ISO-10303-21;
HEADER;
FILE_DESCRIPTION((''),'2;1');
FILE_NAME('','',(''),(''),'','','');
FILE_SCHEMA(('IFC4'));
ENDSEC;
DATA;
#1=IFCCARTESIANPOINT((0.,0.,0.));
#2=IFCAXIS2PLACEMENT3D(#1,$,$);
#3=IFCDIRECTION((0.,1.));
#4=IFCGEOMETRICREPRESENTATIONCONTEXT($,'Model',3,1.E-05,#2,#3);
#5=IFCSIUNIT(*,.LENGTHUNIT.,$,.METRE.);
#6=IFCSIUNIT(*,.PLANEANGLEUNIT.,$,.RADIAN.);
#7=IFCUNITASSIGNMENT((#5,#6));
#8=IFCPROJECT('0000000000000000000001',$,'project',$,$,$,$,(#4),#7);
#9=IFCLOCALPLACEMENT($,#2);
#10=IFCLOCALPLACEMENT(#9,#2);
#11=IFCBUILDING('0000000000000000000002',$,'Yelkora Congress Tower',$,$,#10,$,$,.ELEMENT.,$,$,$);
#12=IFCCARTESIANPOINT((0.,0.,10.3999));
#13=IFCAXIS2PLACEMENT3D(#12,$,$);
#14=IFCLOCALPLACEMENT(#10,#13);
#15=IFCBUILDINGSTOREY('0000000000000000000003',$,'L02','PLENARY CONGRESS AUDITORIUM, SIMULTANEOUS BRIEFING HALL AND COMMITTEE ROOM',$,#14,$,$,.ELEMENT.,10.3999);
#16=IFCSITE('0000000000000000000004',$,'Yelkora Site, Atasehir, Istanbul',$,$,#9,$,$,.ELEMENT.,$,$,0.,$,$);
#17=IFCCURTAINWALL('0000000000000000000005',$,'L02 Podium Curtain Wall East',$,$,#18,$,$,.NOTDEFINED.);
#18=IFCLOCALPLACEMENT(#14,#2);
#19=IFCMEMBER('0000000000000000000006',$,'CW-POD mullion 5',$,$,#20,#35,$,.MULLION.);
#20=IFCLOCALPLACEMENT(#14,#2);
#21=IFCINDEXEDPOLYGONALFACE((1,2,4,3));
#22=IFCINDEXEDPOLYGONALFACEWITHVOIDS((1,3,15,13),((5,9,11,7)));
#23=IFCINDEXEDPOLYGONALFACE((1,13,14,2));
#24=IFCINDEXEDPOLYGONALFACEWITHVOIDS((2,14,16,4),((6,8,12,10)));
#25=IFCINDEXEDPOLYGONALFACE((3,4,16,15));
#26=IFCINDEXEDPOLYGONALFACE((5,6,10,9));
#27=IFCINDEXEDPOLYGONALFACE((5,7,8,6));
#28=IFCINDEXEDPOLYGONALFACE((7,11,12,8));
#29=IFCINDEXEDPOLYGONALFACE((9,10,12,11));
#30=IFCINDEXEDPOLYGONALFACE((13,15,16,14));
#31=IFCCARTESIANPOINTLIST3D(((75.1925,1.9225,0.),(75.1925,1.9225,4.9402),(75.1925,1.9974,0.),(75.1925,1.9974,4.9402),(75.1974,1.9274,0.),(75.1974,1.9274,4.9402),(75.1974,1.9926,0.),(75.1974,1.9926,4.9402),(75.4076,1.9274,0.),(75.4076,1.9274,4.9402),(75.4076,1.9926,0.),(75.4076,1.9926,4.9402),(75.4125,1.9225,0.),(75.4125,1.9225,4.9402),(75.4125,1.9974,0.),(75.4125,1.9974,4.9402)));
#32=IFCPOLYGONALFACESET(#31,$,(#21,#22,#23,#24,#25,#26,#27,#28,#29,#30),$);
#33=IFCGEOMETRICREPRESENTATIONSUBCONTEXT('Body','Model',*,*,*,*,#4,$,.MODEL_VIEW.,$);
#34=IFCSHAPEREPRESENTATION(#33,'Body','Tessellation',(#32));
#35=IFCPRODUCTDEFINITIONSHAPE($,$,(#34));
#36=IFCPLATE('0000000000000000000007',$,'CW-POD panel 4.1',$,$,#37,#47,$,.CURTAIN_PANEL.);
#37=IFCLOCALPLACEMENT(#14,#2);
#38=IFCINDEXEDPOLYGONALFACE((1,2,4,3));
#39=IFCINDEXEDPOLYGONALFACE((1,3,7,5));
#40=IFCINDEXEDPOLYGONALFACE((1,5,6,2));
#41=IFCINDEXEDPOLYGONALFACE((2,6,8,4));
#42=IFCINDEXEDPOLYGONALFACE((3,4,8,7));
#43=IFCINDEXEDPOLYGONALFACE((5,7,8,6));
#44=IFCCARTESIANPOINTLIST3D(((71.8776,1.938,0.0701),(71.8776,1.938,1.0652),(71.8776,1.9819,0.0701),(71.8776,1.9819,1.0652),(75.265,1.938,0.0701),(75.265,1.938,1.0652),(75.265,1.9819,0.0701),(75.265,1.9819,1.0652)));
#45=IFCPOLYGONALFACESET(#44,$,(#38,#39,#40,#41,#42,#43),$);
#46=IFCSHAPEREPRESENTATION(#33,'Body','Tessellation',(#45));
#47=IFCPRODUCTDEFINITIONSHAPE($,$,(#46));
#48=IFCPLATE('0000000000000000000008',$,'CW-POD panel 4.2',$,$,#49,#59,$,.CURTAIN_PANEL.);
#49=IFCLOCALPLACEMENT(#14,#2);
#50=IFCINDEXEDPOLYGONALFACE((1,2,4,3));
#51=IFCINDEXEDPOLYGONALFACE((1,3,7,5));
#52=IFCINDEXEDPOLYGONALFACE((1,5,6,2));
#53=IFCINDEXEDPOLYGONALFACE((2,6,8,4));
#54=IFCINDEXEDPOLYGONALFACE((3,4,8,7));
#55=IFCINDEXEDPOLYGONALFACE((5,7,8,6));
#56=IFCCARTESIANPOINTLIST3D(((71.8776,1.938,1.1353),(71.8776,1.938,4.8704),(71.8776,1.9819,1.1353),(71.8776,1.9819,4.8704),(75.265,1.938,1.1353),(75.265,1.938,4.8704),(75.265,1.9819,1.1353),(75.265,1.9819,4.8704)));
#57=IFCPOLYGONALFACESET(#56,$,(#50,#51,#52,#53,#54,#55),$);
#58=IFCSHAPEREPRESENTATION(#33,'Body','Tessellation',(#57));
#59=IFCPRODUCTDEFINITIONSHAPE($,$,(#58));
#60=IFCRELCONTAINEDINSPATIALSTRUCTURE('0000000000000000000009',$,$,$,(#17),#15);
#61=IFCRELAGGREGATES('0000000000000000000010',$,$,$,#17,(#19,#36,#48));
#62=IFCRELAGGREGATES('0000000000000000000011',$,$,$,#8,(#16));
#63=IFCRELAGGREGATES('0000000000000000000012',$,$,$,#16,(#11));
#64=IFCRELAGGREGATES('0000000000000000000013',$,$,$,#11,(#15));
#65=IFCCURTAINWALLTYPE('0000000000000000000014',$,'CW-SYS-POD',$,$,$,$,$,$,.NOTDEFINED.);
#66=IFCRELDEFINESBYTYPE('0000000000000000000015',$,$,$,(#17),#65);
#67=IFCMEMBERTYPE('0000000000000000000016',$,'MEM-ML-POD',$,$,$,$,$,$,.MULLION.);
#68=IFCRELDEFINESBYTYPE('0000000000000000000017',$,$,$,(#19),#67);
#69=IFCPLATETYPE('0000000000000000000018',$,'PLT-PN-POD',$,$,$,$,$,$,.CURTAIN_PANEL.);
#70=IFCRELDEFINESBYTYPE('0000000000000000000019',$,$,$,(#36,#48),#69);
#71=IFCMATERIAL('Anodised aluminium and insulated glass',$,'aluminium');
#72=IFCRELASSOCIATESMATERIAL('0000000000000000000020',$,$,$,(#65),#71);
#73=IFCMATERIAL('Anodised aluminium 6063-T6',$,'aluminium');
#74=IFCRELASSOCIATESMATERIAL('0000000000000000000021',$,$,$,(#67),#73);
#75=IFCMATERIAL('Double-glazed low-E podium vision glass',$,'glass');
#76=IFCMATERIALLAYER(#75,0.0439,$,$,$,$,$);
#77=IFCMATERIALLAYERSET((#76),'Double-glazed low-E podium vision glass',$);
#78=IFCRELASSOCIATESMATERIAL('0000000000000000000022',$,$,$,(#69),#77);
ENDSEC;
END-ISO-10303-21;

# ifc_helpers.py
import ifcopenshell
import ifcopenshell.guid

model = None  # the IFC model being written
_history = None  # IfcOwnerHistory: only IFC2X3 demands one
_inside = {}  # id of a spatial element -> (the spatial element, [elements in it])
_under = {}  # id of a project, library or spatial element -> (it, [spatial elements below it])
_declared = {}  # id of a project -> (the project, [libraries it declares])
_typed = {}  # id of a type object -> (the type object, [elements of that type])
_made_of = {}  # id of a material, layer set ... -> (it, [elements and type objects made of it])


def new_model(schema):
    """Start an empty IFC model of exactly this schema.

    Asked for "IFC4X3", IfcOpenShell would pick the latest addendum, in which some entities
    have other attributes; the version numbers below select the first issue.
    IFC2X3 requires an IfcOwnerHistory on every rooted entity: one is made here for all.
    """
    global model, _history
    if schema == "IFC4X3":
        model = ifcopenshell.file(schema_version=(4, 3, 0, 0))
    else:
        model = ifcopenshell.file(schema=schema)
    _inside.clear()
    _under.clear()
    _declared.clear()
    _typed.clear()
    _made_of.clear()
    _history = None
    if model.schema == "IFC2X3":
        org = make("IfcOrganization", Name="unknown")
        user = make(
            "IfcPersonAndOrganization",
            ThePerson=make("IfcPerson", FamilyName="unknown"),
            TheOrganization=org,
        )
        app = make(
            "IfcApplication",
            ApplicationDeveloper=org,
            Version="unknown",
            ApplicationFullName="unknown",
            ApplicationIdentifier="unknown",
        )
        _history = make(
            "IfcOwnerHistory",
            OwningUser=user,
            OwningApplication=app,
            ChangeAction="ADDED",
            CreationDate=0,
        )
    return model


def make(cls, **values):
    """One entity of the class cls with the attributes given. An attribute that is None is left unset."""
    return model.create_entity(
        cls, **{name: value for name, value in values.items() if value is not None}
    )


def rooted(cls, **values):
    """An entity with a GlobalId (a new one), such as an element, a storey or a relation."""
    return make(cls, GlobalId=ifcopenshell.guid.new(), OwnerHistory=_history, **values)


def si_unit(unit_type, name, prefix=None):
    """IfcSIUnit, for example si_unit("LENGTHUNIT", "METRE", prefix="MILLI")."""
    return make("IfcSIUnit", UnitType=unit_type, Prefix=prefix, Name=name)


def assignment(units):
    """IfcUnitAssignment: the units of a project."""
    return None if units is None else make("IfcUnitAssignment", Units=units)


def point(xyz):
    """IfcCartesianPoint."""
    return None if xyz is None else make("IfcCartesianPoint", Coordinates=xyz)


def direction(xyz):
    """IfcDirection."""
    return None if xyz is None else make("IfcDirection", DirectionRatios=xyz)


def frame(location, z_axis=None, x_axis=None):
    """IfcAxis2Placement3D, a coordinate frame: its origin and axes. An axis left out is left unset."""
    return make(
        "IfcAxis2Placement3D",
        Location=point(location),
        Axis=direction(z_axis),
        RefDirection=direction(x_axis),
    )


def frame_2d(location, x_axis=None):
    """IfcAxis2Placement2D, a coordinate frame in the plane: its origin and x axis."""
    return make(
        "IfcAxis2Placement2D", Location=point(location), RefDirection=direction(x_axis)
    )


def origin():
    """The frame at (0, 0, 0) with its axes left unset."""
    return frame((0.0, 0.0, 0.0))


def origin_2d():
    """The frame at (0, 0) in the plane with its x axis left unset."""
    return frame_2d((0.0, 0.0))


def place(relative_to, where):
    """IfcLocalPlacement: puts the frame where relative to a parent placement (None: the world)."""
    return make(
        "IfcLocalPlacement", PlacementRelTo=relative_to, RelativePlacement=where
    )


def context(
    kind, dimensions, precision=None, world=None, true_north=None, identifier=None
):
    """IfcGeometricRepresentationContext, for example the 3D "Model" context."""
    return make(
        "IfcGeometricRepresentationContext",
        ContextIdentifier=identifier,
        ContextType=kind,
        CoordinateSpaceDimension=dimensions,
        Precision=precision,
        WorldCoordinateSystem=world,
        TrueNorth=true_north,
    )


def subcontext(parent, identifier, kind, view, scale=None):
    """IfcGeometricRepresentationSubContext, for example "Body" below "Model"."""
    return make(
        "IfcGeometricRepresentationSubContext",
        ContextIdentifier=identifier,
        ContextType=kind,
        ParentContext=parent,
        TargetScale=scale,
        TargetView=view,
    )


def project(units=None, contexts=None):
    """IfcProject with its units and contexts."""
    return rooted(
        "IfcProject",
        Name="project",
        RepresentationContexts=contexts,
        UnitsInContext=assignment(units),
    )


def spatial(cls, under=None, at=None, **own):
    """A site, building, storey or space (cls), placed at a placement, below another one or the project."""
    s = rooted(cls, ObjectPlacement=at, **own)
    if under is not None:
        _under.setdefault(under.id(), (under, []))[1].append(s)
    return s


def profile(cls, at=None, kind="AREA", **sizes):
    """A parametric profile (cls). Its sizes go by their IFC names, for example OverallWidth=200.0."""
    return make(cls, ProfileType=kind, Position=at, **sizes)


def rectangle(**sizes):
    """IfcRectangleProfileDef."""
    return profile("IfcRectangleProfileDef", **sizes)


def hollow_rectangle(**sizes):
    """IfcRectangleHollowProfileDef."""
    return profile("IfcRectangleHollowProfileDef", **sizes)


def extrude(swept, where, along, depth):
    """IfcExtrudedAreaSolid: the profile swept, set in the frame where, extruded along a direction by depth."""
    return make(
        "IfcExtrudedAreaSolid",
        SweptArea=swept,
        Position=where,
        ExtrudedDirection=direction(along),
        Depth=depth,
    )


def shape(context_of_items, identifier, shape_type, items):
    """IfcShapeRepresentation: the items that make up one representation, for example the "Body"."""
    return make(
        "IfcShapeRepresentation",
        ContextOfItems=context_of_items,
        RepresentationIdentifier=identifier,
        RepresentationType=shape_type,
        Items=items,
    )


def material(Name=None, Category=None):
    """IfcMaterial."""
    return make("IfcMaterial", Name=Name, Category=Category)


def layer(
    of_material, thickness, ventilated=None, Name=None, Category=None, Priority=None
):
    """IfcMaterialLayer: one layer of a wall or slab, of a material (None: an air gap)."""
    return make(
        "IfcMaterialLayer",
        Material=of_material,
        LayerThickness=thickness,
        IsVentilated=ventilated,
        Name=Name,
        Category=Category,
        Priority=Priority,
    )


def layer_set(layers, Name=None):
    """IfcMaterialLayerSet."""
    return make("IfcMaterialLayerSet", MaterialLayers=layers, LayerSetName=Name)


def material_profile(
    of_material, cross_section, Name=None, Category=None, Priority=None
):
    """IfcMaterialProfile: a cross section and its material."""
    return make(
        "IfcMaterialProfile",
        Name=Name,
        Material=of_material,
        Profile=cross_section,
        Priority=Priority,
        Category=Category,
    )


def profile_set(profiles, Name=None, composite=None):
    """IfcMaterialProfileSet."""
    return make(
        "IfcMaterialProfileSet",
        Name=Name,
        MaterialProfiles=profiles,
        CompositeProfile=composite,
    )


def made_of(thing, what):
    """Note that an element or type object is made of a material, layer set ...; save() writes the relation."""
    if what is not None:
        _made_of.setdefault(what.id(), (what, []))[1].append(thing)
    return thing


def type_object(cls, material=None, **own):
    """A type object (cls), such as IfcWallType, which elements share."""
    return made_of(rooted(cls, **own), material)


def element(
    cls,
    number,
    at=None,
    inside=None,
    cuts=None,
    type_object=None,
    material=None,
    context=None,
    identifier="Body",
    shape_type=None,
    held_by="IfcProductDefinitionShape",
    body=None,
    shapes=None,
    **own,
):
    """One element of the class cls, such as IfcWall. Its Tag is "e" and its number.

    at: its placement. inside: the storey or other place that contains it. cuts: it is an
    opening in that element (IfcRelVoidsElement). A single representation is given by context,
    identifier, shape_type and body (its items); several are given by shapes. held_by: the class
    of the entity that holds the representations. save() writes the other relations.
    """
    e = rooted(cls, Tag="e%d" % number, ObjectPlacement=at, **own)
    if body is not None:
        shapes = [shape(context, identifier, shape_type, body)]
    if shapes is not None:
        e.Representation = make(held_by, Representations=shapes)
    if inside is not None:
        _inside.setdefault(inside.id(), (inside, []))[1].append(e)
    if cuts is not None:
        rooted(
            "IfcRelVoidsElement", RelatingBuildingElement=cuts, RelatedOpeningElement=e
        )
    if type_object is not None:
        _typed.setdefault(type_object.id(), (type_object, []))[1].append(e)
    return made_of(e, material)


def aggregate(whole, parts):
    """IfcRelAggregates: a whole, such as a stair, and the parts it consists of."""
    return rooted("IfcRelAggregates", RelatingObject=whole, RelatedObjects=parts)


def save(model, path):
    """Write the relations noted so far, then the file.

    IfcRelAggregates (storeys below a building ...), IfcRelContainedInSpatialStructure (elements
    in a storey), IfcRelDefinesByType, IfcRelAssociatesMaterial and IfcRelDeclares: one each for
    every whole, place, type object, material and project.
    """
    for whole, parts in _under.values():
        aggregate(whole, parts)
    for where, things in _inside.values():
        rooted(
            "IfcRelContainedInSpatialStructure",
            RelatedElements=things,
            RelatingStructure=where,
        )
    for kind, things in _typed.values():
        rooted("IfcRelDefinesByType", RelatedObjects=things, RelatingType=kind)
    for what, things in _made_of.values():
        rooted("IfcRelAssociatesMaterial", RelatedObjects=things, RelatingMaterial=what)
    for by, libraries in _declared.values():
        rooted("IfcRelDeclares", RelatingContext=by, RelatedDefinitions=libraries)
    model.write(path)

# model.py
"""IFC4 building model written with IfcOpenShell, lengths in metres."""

from ifc_helpers import new_model, si_unit, direction, frame, origin, origin_2d, place, context, subcontext, project, spatial, rectangle, hollow_rectangle, extrude, material, layer, layer_set, material_profile, profile_set, type_object, element, aggregate, save


model = new_model("IFC4")

# Units and contexts
model_context = context("Model", 3, precision=1e-05, world=origin(), true_north=direction((0.0, 1.0)))
body_context = subcontext(model_context, "Body", "Model", "MODEL_VIEW")
ifc_project = project(units=[si_unit("LENGTHUNIT", "METRE"), si_unit("PLANEANGLEUNIT", "RADIAN")], contexts=[model_context])

# Site, building, storey
site_placement = place(None, origin())
site = spatial("IfcSite", under=ifc_project, at=site_placement, Name="Yelkora Site, Atasehir, Istanbul", CompositionType="ELEMENT", RefElevation=0.0)
building_placement = place(site_placement, origin())
building = spatial("IfcBuilding", under=site, at=building_placement, Name="Yelkora Congress Tower", CompositionType="ELEMENT")
storey_placement = place(building_placement, frame((0.0, 0.0, 10.3999)))
storey = spatial("IfcBuildingStorey", under=building, at=storey_placement, Name="L02", Description="PLENARY CONGRESS AUDITORIUM, SIMULTANEOUS BRIEFING HALL AND COMMITTEE ROOM", CompositionType="ELEMENT", Elevation=10.3999)

# Curtain wall, member, plates
ifc_material_1 = material(Name="Anodised aluminium and insulated glass", Category="aluminium")
curtain_wall_type = type_object("IfcCurtainWallType", Name="CW-SYS-POD", PredefinedType="NOTDEFINED", material=ifc_material_1)
curtain_wall_placement = place(storey_placement, origin())
curtain_wall = element("IfcCurtainWall", 1, at=curtain_wall_placement, inside=storey, type_object=curtain_wall_type, Name="L02 Podium Curtain Wall East", PredefinedType="NOTDEFINED")
ifc_material_2 = material(Name="Anodised aluminium 6063-T6", Category="aluminium")
ifc_material_profile_1 = material_profile(ifc_material_2, hollow_rectangle(XDim=0.075, YDim=0.22, WallThickness=0.0049, at=origin_2d()), Name="ALU 75x220x5")
ifc_profile_set_1 = profile_set([ifc_material_profile_1], Name="Anodised aluminium 6063-T6")
member_type = type_object("IfcMemberType", Name="MEM-ML-POD", PredefinedType="MULLION", material=ifc_profile_set_1)
member_placement = place(storey_placement, frame((75.3025, 1.96, 0.0), z_axis=(0.0, 0.0, 1.0), x_axis=(0.0, 1.0, 0.0)))
member = element("IfcMember", 2, at=member_placement, type_object=member_type, Name="CW-POD mullion 5", PredefinedType="MULLION", context=body_context, shape_type="SweptSolid", body=[
    extrude(hollow_rectangle(XDim=0.075, YDim=0.22, WallThickness=0.0049, at=origin_2d()), origin(), (0.0, 0.0, 1.0), 4.9402),
])
ifc_material_3 = material(Name="Double-glazed low-E podium vision glass", Category="glass")
ifc_layer = layer(ifc_material_3, 0.0439)
ifc_layer_set = layer_set([ifc_layer], Name="Double-glazed low-E podium vision glass")
plate_type = type_object("IfcPlateType", Name="PLT-PN-POD", PredefinedType="CURTAIN_PANEL", material=ifc_layer_set)
plate_1_placement = place(storey_placement, frame((73.5713, 1.96, 0.0701), z_axis=(0.0, 0.0, 1.0), x_axis=(1.0, 0.0, 0.0)))
plate_1 = element("IfcPlate", 3, at=plate_1_placement, type_object=plate_type, Name="CW-POD panel 4.1", PredefinedType="CURTAIN_PANEL", context=body_context, shape_type="SweptSolid", body=[
    extrude(rectangle(XDim=3.3875, YDim=0.0439, at=origin_2d()), origin(), (0.0, 0.0, 1.0), 0.9951),
])
plate_2_placement = place(storey_placement, frame((73.5713, 1.96, 1.1353), z_axis=(0.0, 0.0, 1.0), x_axis=(1.0, 0.0, 0.0)))
plate_2 = element("IfcPlate", 4, at=plate_2_placement, type_object=plate_type, Name="CW-POD panel 4.2", PredefinedType="CURTAIN_PANEL", context=body_context, shape_type="SweptSolid", body=[
    extrude(rectangle(XDim=3.3875, YDim=0.0439, at=origin_2d()), origin(), (0.0, 0.0, 1.0), 3.7351),
])
aggregate(curtain_wall, [member, plate_1, plate_2])

save(model, "model.ifc")
